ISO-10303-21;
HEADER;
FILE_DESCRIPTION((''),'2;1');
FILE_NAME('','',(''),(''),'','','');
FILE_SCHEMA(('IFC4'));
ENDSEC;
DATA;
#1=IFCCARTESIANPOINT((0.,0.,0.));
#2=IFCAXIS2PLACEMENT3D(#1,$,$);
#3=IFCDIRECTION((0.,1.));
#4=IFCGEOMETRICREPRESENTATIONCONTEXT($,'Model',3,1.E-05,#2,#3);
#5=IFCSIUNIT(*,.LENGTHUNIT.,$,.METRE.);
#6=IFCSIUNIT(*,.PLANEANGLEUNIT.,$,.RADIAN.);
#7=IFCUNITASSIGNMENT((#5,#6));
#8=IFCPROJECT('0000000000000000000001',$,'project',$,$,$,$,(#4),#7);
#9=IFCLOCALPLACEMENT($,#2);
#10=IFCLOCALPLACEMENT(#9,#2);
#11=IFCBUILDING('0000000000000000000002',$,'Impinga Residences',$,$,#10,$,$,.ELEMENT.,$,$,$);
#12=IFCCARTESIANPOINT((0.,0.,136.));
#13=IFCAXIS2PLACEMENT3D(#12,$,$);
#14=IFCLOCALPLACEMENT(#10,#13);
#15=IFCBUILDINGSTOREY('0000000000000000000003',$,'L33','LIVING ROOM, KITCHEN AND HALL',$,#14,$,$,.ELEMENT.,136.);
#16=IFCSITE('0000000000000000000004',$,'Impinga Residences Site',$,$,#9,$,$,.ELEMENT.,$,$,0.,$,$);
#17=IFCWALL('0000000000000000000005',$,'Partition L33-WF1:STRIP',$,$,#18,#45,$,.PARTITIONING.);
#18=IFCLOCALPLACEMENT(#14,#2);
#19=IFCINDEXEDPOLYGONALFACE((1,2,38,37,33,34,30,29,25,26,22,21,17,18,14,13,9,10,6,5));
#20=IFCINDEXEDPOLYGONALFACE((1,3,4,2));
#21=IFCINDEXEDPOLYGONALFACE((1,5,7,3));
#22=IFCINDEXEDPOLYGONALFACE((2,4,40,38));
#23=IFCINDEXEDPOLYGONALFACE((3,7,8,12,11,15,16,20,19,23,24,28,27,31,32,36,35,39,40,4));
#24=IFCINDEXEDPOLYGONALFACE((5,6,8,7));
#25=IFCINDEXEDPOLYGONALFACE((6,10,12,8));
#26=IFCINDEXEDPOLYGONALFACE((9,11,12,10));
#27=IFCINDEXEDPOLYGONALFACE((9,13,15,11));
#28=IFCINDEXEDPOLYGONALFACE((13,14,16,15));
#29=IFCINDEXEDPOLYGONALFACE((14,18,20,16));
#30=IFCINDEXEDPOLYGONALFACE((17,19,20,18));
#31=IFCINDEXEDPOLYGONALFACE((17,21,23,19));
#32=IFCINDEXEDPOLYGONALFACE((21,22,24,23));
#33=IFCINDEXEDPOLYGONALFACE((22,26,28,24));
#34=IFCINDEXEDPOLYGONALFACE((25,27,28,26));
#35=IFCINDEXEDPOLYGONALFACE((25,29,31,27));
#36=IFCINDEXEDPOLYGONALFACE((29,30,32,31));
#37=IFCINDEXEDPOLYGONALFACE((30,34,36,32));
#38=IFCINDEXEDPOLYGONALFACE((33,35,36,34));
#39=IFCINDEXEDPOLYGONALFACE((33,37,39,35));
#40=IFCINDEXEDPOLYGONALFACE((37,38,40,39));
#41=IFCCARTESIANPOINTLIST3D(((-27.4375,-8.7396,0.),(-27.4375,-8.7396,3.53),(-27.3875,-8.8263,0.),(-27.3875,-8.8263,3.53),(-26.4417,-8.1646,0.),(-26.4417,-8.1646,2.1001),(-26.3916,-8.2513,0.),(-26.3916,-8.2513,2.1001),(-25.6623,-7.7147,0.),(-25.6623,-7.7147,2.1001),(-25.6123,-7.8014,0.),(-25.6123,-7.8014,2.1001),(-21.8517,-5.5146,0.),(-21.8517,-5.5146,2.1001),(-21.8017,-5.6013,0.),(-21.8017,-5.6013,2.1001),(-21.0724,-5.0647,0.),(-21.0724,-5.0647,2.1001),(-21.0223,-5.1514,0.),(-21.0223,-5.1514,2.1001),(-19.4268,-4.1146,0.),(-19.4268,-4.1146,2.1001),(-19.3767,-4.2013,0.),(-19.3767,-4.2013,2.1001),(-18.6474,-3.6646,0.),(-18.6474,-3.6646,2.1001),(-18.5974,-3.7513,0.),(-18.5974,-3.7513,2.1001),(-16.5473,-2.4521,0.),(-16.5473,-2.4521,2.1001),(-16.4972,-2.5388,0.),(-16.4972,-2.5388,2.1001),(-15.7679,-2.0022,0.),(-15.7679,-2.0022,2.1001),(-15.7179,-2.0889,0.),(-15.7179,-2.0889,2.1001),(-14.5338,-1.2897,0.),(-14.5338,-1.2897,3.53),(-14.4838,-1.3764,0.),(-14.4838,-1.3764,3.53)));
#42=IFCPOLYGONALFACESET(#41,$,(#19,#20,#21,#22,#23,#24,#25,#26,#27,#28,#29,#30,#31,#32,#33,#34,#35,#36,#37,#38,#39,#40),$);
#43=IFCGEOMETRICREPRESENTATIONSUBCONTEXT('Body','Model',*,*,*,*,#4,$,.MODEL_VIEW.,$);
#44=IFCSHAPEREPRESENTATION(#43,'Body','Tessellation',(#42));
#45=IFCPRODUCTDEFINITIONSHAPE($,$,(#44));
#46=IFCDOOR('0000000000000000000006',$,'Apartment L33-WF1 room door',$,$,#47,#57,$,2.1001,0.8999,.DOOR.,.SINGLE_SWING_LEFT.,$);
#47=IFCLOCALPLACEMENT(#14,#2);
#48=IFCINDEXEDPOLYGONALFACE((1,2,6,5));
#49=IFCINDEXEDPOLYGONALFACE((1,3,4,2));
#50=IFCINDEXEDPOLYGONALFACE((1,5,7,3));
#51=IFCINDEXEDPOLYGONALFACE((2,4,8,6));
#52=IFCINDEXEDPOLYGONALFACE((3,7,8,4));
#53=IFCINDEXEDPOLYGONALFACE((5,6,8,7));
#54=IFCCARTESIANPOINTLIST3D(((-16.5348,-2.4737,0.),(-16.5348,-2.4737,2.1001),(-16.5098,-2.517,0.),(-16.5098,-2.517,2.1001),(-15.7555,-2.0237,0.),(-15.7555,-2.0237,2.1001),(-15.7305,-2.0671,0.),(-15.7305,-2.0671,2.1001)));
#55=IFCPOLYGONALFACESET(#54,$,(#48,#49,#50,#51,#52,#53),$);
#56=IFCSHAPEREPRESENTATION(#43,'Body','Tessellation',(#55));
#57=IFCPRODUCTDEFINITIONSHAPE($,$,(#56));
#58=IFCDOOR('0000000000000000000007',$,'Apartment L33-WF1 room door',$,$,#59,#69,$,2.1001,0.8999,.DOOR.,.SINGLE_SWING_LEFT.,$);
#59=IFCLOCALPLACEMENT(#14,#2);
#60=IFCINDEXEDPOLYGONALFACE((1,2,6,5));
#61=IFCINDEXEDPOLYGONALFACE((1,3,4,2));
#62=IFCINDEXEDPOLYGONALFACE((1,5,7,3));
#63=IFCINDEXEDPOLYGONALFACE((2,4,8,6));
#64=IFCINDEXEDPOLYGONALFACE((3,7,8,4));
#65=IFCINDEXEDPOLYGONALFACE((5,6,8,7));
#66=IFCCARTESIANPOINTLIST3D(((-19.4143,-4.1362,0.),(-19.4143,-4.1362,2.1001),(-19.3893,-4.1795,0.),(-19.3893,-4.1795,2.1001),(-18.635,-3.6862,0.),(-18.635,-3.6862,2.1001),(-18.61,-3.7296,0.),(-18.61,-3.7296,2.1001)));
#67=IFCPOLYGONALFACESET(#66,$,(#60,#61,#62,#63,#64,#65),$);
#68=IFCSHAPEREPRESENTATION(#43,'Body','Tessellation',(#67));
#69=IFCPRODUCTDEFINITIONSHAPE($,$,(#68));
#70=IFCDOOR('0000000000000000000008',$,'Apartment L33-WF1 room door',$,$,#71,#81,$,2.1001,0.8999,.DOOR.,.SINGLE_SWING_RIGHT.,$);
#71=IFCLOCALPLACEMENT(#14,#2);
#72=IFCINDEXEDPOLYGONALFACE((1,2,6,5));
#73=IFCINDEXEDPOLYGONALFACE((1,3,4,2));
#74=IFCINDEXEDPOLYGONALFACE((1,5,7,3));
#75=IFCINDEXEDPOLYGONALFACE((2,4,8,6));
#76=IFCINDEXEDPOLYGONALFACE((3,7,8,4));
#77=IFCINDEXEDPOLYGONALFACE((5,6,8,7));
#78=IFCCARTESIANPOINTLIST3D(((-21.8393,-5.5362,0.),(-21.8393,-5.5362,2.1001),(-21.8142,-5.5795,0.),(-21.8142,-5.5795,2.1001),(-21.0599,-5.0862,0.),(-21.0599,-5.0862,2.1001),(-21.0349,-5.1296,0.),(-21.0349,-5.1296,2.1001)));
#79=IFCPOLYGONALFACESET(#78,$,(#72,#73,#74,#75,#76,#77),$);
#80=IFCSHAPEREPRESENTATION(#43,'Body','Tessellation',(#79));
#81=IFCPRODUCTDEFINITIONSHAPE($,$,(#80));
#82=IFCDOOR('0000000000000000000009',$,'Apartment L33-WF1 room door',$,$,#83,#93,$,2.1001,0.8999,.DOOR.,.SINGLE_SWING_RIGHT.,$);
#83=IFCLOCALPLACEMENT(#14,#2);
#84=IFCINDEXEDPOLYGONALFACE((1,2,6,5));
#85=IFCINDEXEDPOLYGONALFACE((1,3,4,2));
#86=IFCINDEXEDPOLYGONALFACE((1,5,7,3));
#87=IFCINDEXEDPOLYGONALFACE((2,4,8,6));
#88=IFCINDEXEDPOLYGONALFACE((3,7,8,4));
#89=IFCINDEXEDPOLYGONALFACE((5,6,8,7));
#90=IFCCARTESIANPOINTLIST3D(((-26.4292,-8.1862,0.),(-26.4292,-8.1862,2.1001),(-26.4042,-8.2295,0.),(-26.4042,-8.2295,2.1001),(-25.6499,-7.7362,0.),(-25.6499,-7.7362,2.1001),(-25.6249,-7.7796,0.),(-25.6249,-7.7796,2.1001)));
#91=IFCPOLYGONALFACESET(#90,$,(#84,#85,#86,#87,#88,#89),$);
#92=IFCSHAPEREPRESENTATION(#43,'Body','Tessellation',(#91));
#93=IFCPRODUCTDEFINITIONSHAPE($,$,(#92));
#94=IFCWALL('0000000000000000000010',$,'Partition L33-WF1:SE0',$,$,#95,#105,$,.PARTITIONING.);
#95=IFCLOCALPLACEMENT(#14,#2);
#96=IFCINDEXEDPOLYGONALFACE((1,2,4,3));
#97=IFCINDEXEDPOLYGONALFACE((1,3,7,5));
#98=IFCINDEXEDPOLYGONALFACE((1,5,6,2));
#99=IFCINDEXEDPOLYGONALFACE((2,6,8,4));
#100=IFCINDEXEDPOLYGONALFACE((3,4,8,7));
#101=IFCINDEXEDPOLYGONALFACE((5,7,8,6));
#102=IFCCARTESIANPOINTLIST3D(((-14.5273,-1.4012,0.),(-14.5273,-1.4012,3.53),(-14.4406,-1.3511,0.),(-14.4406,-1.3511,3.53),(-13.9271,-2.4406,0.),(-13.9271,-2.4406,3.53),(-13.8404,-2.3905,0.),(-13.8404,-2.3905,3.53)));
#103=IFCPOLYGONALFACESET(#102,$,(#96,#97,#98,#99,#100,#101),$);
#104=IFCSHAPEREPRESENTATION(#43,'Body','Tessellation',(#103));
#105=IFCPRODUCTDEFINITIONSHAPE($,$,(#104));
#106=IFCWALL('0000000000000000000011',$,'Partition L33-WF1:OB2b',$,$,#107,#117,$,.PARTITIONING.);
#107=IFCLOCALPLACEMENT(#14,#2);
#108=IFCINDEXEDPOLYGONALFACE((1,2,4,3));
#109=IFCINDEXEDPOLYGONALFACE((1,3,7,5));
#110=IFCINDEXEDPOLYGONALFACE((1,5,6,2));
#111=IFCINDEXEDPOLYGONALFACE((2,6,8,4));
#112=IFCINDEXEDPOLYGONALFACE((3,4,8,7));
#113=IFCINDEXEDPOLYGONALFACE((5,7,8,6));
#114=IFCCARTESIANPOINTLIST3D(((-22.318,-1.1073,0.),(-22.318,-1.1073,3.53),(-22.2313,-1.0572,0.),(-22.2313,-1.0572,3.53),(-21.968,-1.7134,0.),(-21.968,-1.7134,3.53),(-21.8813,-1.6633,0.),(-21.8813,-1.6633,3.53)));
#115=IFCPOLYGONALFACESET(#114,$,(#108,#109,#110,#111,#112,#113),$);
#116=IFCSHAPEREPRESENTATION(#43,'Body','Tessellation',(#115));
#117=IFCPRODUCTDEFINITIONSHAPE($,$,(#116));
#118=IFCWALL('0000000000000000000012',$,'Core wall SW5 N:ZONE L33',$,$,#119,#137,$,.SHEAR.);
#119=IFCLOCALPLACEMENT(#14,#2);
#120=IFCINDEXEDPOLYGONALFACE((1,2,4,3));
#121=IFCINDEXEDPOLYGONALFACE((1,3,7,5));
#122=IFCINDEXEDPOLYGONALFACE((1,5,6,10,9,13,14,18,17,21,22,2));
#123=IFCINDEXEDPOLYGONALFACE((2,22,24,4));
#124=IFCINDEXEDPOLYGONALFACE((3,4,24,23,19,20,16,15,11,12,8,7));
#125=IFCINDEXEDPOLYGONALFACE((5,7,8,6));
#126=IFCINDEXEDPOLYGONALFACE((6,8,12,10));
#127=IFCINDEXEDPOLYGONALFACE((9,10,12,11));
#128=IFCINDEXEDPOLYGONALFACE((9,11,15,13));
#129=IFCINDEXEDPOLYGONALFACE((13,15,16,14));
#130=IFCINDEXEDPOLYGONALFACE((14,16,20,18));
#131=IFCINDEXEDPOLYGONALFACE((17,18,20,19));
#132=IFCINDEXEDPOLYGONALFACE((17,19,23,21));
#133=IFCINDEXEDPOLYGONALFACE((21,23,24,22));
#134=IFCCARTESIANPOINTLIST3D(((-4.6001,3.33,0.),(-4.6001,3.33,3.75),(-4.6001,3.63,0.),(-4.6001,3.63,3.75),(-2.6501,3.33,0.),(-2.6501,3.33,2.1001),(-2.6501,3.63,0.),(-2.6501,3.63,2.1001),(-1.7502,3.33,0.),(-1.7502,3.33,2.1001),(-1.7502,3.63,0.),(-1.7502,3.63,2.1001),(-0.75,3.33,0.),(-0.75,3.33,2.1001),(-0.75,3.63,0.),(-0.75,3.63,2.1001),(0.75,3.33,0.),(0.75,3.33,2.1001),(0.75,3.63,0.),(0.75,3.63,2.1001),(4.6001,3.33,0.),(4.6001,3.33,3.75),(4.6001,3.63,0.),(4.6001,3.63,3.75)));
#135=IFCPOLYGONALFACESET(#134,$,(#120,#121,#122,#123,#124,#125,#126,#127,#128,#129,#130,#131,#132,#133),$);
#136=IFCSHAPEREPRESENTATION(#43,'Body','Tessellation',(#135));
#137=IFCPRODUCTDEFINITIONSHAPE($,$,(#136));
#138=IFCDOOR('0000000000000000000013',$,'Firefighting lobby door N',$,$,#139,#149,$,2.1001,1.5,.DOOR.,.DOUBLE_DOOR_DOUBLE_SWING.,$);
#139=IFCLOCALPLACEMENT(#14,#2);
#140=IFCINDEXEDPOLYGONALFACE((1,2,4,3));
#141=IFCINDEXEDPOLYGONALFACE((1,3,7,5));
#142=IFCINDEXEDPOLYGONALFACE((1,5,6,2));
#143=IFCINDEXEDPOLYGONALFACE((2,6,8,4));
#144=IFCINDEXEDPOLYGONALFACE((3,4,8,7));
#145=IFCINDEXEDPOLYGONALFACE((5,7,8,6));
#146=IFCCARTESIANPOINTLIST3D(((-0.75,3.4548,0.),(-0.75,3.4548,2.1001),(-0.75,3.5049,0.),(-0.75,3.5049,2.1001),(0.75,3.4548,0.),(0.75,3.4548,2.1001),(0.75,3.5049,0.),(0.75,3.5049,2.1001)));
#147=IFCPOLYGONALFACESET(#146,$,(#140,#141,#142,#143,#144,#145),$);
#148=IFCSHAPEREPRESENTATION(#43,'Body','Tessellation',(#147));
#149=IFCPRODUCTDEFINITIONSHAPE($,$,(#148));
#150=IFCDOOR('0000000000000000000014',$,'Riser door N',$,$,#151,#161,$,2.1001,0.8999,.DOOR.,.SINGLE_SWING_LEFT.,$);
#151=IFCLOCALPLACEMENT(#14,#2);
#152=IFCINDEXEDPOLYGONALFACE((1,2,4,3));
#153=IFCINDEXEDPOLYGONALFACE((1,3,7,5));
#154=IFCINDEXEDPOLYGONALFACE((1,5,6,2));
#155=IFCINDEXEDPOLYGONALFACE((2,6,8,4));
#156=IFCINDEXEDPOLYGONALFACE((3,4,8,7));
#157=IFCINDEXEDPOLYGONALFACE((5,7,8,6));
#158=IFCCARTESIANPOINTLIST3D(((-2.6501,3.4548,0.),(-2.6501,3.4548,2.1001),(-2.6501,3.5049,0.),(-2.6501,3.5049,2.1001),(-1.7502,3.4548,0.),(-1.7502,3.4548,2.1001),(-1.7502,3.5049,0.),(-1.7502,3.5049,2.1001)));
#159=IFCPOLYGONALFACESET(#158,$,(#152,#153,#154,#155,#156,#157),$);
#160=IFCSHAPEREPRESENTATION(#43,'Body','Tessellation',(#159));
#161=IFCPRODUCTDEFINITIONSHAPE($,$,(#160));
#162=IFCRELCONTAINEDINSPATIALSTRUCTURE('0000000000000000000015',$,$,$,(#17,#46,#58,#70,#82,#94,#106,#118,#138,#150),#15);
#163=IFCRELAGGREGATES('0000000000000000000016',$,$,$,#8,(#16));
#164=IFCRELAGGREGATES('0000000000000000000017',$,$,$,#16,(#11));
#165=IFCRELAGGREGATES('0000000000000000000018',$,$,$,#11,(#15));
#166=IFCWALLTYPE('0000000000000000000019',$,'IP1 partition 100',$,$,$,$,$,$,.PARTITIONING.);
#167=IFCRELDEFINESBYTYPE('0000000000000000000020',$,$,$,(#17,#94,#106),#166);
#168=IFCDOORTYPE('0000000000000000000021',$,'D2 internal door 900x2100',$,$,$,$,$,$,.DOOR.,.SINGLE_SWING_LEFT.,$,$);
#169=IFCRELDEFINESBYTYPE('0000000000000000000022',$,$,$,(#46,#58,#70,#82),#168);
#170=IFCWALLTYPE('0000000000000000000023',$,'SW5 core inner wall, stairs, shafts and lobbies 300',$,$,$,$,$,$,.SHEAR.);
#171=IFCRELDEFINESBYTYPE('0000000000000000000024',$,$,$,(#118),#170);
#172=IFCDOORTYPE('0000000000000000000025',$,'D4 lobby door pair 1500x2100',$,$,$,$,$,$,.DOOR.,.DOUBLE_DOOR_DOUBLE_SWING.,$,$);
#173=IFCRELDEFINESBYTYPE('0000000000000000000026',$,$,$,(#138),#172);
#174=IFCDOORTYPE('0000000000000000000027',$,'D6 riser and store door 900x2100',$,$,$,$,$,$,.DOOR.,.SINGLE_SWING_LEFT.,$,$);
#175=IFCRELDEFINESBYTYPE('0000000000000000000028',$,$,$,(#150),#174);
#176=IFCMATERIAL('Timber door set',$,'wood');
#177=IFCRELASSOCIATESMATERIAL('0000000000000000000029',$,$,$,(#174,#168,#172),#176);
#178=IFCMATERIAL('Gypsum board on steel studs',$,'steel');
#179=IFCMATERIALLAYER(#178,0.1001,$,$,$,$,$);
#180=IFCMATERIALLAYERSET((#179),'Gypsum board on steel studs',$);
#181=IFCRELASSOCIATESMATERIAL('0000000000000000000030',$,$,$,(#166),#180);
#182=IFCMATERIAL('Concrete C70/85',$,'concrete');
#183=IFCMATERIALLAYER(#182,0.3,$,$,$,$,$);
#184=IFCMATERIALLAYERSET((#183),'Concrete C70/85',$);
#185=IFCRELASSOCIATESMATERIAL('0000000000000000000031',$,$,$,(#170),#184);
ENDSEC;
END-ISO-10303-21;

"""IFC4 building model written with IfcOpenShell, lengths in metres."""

from ifc_helpers import new_model, si_unit, direction, frame, frame_2d, origin, place, context, subcontext, project, spatial, rectangle, extrude, material, layer, layer_set, type_object, element, fill, save


model = new_model("IFC4")

# Units and contexts
model_context = context("Model", 3, precision=1e-05, world=origin(), true_north=direction((0.0, 1.0)))
body_context = subcontext(model_context, "Body", "Model", "MODEL_VIEW")
ifc_project = project(units=[si_unit("LENGTHUNIT", "METRE"), si_unit("PLANEANGLEUNIT", "RADIAN")], contexts=[model_context])

# Site, building, storey
site_placement = place(None, origin())
site = spatial("IfcSite", under=ifc_project, at=site_placement, Name="Impinga Residences Site", CompositionType="ELEMENT", RefElevation=0.0)
building_placement = place(site_placement, origin())
building = spatial("IfcBuilding", under=site, at=building_placement, Name="Impinga Residences", CompositionType="ELEMENT")
storey_placement = place(building_placement, frame((0.0, 0.0, 136.0)))
storey = spatial("IfcBuildingStorey", under=building, at=storey_placement, Name="L33", Description="LIVING ROOM, KITCHEN AND HALL", CompositionType="ELEMENT", Elevation=136.0)

# Shared definitions
ifc_material_1 = material(Name="Timber door set", Category="wood")
door_type_1 = type_object("IfcDoorType", Name="D6 riser and store door 900x2100", OperationType="SINGLE_SWING_LEFT", PredefinedType="DOOR", material=ifc_material_1)

# Shared definitions
ifc_material_2 = material(Name="Gypsum board on steel studs", Category="steel")
ifc_layer_1 = layer(ifc_material_2, 0.1001)
ifc_layer_set_1 = layer_set([ifc_layer_1], Name="Gypsum board on steel studs")
wall_type_1 = type_object("IfcWallType", Name="IP1 partition 100", PredefinedType="PARTITIONING", material=ifc_layer_set_1)

# Wall, openings, doors
wall_1_placement = place(storey_placement, frame((-14.5088, -1.333, 0.0), z_axis=(0.0, 0.0, 1.0), x_axis=(-0.866027, -0.499997, 0.0)))
wall_1 = element("IfcWall", 1, at=wall_1_placement, inside=storey, type_object=wall_type_1, Name="Partition L33-WF1:STRIP", PredefinedType="PARTITIONING", context=body_context, shape_type="SweptSolid", body=[
    extrude(rectangle(XDim=14.8999, YDim=0.1001, at=frame_2d((7.45, 0.0))), origin(), (0.0, 0.0, 1.0), 3.53),
])
opening_1_placement = place(wall_1_placement, frame((1.425, 0.0, 0.0)))
opening_1 = element("IfcOpeningElement", 2, at=opening_1_placement, cuts=wall_1, PredefinedType="OPENING", context=body_context, shape_type="SweptSolid", body=[
    extrude(rectangle(XDim=0.8999, YDim=2.1001, at=frame_2d((0.45, 1.05))), frame((0.0, 0.0601, 0.0), z_axis=(0.0, -1.0, 0.0), x_axis=(1.0, 0.0, 0.0)), (0.0, 0.0, 1.0), 0.1201),
])
opening_2_placement = place(wall_1_placement, frame((4.75, 0.0, 0.0)))
opening_2 = element("IfcOpeningElement", 3, at=opening_2_placement, cuts=wall_1, PredefinedType="OPENING", context=body_context, shape_type="SweptSolid", body=[
    extrude(rectangle(XDim=0.8999, YDim=2.1001, at=frame_2d((0.45, 1.05))), frame((0.0, 0.0601, 0.0), z_axis=(0.0, -1.0, 0.0), x_axis=(1.0, 0.0, 0.0)), (0.0, 0.0, 1.0), 0.1201),
])
opening_3_placement = place(wall_1_placement, frame((7.55, 0.0, 0.0)))
opening_3 = element("IfcOpeningElement", 4, at=opening_3_placement, cuts=wall_1, PredefinedType="OPENING", context=body_context, shape_type="SweptSolid", body=[
    extrude(rectangle(XDim=0.8999, YDim=2.1001, at=frame_2d((0.45, 1.05))), frame((0.0, 0.0601, 0.0), z_axis=(0.0, -1.0, 0.0), x_axis=(1.0, 0.0, 0.0)), (0.0, 0.0, 1.0), 0.1201),
])
opening_4_placement = place(wall_1_placement, frame((12.8501, 0.0, 0.0)))
opening_4 = element("IfcOpeningElement", 5, at=opening_4_placement, cuts=wall_1, PredefinedType="OPENING", context=body_context, shape_type="SweptSolid", body=[
    extrude(rectangle(XDim=0.8999, YDim=2.1001, at=frame_2d((0.45, 1.05))), frame((0.0, 0.0601, 0.0), z_axis=(0.0, -1.0, 0.0), x_axis=(1.0, 0.0, 0.0)), (0.0, 0.0, 1.0), 0.1201),
])
door_type_2 = type_object("IfcDoorType", Name="D2 internal door 900x2100", OperationType="SINGLE_SWING_LEFT", PredefinedType="DOOR", material=ifc_material_1)
door_1_placement = place(opening_1_placement, origin())
door_1 = element("IfcDoor", 6, at=door_1_placement, inside=storey, type_object=door_type_2, Name="Apartment L33-WF1 room door", OperationType="SINGLE_SWING_LEFT", OverallHeight=2.1001, OverallWidth=0.8999, PredefinedType="DOOR", context=body_context, shape_type="SweptSolid", body=[
    extrude(rectangle(XDim=0.8999, YDim=2.1001, at=frame_2d((0.45, 1.05))), frame((0.0, 0.0249, 0.0), z_axis=(0.0, -1.0, 0.0), x_axis=(1.0, 0.0, 0.0)), (0.0, 0.0, 1.0), 0.05),
])
fill(opening_1, door_1)
door_2_placement = place(opening_2_placement, origin())
door_2 = element("IfcDoor", 7, at=door_2_placement, inside=storey, type_object=door_type_2, Name="Apartment L33-WF1 room door", OperationType="SINGLE_SWING_LEFT", OverallHeight=2.1001, OverallWidth=0.8999, PredefinedType="DOOR", context=body_context, shape_type="SweptSolid", body=[
    extrude(rectangle(XDim=0.8999, YDim=2.1001, at=frame_2d((0.45, 1.05))), frame((0.0, 0.0249, 0.0), z_axis=(0.0, -1.0, 0.0), x_axis=(1.0, 0.0, 0.0)), (0.0, 0.0, 1.0), 0.05),
])
fill(opening_2, door_2)
door_3_placement = place(opening_3_placement, origin())
door_3 = element("IfcDoor", 8, at=door_3_placement, inside=storey, type_object=door_type_2, Name="Apartment L33-WF1 room door", OperationType="SINGLE_SWING_RIGHT", OverallHeight=2.1001, OverallWidth=0.8999, PredefinedType="DOOR", context=body_context, shape_type="SweptSolid", body=[
    extrude(rectangle(XDim=0.8999, YDim=2.1001, at=frame_2d((0.45, 1.05))), frame((0.0, 0.0249, 0.0), z_axis=(0.0, -1.0, 0.0), x_axis=(1.0, 0.0, 0.0)), (0.0, 0.0, 1.0), 0.05),
])
fill(opening_3, door_3)
door_4_placement = place(opening_4_placement, origin())
door_4 = element("IfcDoor", 9, at=door_4_placement, inside=storey, type_object=door_type_2, Name="Apartment L33-WF1 room door", OperationType="SINGLE_SWING_RIGHT", OverallHeight=2.1001, OverallWidth=0.8999, PredefinedType="DOOR", context=body_context, shape_type="SweptSolid", body=[
    extrude(rectangle(XDim=0.8999, YDim=2.1001, at=frame_2d((0.45, 1.05))), frame((0.0, 0.0249, 0.0), z_axis=(0.0, -1.0, 0.0), x_axis=(1.0, 0.0, 0.0)), (0.0, 0.0, 1.0), 0.05),
])
fill(opening_4, door_4)

# Walls
wall_2_placement = place(storey_placement, frame((-13.8838, -2.4155, 0.0), z_axis=(0.0, 0.0, 1.0), x_axis=(-0.500034, 0.866006, 0.0)))
element("IfcWall", 10, at=wall_2_placement, inside=storey, type_object=wall_type_1, Name="Partition L33-WF1:SE0", PredefinedType="PARTITIONING", context=body_context, shape_type="SweptSolid", body=[
    extrude(rectangle(XDim=1.2002, YDim=0.1001, at=frame_2d((0.6001, 0.0))), origin(), (0.0, 0.0, 1.0), 3.53),
])
wall_3_placement = place(storey_placement, frame((-21.9246, -1.6885, 0.0), z_axis=(0.0, 0.0, 1.0), x_axis=(-0.500115, 0.865959, 0.0)))
element("IfcWall", 11, at=wall_3_placement, inside=storey, type_object=wall_type_1, Name="Partition L33-WF1:OB2b", PredefinedType="PARTITIONING", context=body_context, shape_type="SweptSolid", body=[
    extrude(rectangle(XDim=0.7, YDim=0.1001, at=frame_2d((0.3501, 0.0))), origin(), (0.0, 0.0, 1.0), 3.53),
])

# Wall, openings, doors
ifc_material_3 = material(Name="Concrete C70/85", Category="concrete")
ifc_layer_2 = layer(ifc_material_3, 0.3)
ifc_layer_set_2 = layer_set([ifc_layer_2], Name="Concrete C70/85")
wall_type_2 = type_object("IfcWallType", Name="SW5 core inner wall, stairs, shafts and lobbies 300", PredefinedType="SHEAR", material=ifc_layer_set_2)
wall_4_placement = place(storey_placement, frame((-4.6001, 3.48, 0.0), z_axis=(0.0, 0.0, 1.0), x_axis=(1.0, 0.0, 0.0)))
wall_4 = element("IfcWall", 12, at=wall_4_placement, inside=storey, type_object=wall_type_2, Name="Core wall SW5 N:ZONE L33", PredefinedType="SHEAR", context=body_context, shape_type="SweptSolid", body=[
    extrude(rectangle(XDim=9.2002, YDim=0.3, at=frame_2d((4.6001, 0.0))), origin(), (0.0, 0.0, 1.0), 3.75),
])
opening_5_placement = place(wall_4_placement, frame((3.8501, 0.0, 0.0)))
opening_5 = element("IfcOpeningElement", 13, at=opening_5_placement, cuts=wall_4, PredefinedType="OPENING", context=body_context, shape_type="SweptSolid", body=[
    extrude(rectangle(XDim=1.5, YDim=2.1001, at=frame_2d((0.75, 1.05))), frame((0.0, 0.1599, 0.0), z_axis=(0.0, -1.0, 0.0), x_axis=(1.0, 0.0, 0.0)), (0.0, 0.0, 1.0), 0.3201),
])
opening_6_placement = place(wall_4_placement, frame((1.95, 0.0, 0.0)))
opening_6 = element("IfcOpeningElement", 14, at=opening_6_placement, cuts=wall_4, PredefinedType="OPENING", context=body_context, shape_type="SweptSolid", body=[
    extrude(rectangle(XDim=0.8999, YDim=2.1001, at=frame_2d((0.45, 1.05))), frame((0.0, 0.1599, 0.0), z_axis=(0.0, -1.0, 0.0), x_axis=(1.0, 0.0, 0.0)), (0.0, 0.0, 1.0), 0.3201),
])
door_type_3 = type_object("IfcDoorType", Name="D4 lobby door pair 1500x2100", OperationType="DOUBLE_DOOR_DOUBLE_SWING", PredefinedType="DOOR", material=ifc_material_1)
door_5_placement = place(opening_5_placement, origin())
door_5 = element("IfcDoor", 15, at=door_5_placement, inside=storey, type_object=door_type_3, Name="Firefighting lobby door N", OperationType="DOUBLE_DOOR_DOUBLE_SWING", OverallHeight=2.1001, OverallWidth=1.5, PredefinedType="DOOR", context=body_context, shape_type="SweptSolid", body=[
    extrude(rectangle(XDim=1.5, YDim=2.1001, at=frame_2d((0.75, 1.05))), frame((0.0, 0.0249, 0.0), z_axis=(0.0, -1.0, 0.0), x_axis=(1.0, 0.0, 0.0)), (0.0, 0.0, 1.0), 0.05),
])
fill(opening_5, door_5)
door_6_placement = place(opening_6_placement, origin())
door_6 = element("IfcDoor", 16, at=door_6_placement, inside=storey, type_object=door_type_1, Name="Riser door N", OperationType="SINGLE_SWING_LEFT", OverallHeight=2.1001, OverallWidth=0.8999, PredefinedType="DOOR", context=body_context, shape_type="SweptSolid", body=[
    extrude(rectangle(XDim=0.8999, YDim=2.1001, at=frame_2d((0.45, 1.05))), frame((0.0, 0.0249, 0.0), z_axis=(0.0, -1.0, 0.0), x_axis=(1.0, 0.0, 0.0)), (0.0, 0.0, 1.0), 0.05),
])
fill(opening_6, door_6)

save(model, "model.ifc")
